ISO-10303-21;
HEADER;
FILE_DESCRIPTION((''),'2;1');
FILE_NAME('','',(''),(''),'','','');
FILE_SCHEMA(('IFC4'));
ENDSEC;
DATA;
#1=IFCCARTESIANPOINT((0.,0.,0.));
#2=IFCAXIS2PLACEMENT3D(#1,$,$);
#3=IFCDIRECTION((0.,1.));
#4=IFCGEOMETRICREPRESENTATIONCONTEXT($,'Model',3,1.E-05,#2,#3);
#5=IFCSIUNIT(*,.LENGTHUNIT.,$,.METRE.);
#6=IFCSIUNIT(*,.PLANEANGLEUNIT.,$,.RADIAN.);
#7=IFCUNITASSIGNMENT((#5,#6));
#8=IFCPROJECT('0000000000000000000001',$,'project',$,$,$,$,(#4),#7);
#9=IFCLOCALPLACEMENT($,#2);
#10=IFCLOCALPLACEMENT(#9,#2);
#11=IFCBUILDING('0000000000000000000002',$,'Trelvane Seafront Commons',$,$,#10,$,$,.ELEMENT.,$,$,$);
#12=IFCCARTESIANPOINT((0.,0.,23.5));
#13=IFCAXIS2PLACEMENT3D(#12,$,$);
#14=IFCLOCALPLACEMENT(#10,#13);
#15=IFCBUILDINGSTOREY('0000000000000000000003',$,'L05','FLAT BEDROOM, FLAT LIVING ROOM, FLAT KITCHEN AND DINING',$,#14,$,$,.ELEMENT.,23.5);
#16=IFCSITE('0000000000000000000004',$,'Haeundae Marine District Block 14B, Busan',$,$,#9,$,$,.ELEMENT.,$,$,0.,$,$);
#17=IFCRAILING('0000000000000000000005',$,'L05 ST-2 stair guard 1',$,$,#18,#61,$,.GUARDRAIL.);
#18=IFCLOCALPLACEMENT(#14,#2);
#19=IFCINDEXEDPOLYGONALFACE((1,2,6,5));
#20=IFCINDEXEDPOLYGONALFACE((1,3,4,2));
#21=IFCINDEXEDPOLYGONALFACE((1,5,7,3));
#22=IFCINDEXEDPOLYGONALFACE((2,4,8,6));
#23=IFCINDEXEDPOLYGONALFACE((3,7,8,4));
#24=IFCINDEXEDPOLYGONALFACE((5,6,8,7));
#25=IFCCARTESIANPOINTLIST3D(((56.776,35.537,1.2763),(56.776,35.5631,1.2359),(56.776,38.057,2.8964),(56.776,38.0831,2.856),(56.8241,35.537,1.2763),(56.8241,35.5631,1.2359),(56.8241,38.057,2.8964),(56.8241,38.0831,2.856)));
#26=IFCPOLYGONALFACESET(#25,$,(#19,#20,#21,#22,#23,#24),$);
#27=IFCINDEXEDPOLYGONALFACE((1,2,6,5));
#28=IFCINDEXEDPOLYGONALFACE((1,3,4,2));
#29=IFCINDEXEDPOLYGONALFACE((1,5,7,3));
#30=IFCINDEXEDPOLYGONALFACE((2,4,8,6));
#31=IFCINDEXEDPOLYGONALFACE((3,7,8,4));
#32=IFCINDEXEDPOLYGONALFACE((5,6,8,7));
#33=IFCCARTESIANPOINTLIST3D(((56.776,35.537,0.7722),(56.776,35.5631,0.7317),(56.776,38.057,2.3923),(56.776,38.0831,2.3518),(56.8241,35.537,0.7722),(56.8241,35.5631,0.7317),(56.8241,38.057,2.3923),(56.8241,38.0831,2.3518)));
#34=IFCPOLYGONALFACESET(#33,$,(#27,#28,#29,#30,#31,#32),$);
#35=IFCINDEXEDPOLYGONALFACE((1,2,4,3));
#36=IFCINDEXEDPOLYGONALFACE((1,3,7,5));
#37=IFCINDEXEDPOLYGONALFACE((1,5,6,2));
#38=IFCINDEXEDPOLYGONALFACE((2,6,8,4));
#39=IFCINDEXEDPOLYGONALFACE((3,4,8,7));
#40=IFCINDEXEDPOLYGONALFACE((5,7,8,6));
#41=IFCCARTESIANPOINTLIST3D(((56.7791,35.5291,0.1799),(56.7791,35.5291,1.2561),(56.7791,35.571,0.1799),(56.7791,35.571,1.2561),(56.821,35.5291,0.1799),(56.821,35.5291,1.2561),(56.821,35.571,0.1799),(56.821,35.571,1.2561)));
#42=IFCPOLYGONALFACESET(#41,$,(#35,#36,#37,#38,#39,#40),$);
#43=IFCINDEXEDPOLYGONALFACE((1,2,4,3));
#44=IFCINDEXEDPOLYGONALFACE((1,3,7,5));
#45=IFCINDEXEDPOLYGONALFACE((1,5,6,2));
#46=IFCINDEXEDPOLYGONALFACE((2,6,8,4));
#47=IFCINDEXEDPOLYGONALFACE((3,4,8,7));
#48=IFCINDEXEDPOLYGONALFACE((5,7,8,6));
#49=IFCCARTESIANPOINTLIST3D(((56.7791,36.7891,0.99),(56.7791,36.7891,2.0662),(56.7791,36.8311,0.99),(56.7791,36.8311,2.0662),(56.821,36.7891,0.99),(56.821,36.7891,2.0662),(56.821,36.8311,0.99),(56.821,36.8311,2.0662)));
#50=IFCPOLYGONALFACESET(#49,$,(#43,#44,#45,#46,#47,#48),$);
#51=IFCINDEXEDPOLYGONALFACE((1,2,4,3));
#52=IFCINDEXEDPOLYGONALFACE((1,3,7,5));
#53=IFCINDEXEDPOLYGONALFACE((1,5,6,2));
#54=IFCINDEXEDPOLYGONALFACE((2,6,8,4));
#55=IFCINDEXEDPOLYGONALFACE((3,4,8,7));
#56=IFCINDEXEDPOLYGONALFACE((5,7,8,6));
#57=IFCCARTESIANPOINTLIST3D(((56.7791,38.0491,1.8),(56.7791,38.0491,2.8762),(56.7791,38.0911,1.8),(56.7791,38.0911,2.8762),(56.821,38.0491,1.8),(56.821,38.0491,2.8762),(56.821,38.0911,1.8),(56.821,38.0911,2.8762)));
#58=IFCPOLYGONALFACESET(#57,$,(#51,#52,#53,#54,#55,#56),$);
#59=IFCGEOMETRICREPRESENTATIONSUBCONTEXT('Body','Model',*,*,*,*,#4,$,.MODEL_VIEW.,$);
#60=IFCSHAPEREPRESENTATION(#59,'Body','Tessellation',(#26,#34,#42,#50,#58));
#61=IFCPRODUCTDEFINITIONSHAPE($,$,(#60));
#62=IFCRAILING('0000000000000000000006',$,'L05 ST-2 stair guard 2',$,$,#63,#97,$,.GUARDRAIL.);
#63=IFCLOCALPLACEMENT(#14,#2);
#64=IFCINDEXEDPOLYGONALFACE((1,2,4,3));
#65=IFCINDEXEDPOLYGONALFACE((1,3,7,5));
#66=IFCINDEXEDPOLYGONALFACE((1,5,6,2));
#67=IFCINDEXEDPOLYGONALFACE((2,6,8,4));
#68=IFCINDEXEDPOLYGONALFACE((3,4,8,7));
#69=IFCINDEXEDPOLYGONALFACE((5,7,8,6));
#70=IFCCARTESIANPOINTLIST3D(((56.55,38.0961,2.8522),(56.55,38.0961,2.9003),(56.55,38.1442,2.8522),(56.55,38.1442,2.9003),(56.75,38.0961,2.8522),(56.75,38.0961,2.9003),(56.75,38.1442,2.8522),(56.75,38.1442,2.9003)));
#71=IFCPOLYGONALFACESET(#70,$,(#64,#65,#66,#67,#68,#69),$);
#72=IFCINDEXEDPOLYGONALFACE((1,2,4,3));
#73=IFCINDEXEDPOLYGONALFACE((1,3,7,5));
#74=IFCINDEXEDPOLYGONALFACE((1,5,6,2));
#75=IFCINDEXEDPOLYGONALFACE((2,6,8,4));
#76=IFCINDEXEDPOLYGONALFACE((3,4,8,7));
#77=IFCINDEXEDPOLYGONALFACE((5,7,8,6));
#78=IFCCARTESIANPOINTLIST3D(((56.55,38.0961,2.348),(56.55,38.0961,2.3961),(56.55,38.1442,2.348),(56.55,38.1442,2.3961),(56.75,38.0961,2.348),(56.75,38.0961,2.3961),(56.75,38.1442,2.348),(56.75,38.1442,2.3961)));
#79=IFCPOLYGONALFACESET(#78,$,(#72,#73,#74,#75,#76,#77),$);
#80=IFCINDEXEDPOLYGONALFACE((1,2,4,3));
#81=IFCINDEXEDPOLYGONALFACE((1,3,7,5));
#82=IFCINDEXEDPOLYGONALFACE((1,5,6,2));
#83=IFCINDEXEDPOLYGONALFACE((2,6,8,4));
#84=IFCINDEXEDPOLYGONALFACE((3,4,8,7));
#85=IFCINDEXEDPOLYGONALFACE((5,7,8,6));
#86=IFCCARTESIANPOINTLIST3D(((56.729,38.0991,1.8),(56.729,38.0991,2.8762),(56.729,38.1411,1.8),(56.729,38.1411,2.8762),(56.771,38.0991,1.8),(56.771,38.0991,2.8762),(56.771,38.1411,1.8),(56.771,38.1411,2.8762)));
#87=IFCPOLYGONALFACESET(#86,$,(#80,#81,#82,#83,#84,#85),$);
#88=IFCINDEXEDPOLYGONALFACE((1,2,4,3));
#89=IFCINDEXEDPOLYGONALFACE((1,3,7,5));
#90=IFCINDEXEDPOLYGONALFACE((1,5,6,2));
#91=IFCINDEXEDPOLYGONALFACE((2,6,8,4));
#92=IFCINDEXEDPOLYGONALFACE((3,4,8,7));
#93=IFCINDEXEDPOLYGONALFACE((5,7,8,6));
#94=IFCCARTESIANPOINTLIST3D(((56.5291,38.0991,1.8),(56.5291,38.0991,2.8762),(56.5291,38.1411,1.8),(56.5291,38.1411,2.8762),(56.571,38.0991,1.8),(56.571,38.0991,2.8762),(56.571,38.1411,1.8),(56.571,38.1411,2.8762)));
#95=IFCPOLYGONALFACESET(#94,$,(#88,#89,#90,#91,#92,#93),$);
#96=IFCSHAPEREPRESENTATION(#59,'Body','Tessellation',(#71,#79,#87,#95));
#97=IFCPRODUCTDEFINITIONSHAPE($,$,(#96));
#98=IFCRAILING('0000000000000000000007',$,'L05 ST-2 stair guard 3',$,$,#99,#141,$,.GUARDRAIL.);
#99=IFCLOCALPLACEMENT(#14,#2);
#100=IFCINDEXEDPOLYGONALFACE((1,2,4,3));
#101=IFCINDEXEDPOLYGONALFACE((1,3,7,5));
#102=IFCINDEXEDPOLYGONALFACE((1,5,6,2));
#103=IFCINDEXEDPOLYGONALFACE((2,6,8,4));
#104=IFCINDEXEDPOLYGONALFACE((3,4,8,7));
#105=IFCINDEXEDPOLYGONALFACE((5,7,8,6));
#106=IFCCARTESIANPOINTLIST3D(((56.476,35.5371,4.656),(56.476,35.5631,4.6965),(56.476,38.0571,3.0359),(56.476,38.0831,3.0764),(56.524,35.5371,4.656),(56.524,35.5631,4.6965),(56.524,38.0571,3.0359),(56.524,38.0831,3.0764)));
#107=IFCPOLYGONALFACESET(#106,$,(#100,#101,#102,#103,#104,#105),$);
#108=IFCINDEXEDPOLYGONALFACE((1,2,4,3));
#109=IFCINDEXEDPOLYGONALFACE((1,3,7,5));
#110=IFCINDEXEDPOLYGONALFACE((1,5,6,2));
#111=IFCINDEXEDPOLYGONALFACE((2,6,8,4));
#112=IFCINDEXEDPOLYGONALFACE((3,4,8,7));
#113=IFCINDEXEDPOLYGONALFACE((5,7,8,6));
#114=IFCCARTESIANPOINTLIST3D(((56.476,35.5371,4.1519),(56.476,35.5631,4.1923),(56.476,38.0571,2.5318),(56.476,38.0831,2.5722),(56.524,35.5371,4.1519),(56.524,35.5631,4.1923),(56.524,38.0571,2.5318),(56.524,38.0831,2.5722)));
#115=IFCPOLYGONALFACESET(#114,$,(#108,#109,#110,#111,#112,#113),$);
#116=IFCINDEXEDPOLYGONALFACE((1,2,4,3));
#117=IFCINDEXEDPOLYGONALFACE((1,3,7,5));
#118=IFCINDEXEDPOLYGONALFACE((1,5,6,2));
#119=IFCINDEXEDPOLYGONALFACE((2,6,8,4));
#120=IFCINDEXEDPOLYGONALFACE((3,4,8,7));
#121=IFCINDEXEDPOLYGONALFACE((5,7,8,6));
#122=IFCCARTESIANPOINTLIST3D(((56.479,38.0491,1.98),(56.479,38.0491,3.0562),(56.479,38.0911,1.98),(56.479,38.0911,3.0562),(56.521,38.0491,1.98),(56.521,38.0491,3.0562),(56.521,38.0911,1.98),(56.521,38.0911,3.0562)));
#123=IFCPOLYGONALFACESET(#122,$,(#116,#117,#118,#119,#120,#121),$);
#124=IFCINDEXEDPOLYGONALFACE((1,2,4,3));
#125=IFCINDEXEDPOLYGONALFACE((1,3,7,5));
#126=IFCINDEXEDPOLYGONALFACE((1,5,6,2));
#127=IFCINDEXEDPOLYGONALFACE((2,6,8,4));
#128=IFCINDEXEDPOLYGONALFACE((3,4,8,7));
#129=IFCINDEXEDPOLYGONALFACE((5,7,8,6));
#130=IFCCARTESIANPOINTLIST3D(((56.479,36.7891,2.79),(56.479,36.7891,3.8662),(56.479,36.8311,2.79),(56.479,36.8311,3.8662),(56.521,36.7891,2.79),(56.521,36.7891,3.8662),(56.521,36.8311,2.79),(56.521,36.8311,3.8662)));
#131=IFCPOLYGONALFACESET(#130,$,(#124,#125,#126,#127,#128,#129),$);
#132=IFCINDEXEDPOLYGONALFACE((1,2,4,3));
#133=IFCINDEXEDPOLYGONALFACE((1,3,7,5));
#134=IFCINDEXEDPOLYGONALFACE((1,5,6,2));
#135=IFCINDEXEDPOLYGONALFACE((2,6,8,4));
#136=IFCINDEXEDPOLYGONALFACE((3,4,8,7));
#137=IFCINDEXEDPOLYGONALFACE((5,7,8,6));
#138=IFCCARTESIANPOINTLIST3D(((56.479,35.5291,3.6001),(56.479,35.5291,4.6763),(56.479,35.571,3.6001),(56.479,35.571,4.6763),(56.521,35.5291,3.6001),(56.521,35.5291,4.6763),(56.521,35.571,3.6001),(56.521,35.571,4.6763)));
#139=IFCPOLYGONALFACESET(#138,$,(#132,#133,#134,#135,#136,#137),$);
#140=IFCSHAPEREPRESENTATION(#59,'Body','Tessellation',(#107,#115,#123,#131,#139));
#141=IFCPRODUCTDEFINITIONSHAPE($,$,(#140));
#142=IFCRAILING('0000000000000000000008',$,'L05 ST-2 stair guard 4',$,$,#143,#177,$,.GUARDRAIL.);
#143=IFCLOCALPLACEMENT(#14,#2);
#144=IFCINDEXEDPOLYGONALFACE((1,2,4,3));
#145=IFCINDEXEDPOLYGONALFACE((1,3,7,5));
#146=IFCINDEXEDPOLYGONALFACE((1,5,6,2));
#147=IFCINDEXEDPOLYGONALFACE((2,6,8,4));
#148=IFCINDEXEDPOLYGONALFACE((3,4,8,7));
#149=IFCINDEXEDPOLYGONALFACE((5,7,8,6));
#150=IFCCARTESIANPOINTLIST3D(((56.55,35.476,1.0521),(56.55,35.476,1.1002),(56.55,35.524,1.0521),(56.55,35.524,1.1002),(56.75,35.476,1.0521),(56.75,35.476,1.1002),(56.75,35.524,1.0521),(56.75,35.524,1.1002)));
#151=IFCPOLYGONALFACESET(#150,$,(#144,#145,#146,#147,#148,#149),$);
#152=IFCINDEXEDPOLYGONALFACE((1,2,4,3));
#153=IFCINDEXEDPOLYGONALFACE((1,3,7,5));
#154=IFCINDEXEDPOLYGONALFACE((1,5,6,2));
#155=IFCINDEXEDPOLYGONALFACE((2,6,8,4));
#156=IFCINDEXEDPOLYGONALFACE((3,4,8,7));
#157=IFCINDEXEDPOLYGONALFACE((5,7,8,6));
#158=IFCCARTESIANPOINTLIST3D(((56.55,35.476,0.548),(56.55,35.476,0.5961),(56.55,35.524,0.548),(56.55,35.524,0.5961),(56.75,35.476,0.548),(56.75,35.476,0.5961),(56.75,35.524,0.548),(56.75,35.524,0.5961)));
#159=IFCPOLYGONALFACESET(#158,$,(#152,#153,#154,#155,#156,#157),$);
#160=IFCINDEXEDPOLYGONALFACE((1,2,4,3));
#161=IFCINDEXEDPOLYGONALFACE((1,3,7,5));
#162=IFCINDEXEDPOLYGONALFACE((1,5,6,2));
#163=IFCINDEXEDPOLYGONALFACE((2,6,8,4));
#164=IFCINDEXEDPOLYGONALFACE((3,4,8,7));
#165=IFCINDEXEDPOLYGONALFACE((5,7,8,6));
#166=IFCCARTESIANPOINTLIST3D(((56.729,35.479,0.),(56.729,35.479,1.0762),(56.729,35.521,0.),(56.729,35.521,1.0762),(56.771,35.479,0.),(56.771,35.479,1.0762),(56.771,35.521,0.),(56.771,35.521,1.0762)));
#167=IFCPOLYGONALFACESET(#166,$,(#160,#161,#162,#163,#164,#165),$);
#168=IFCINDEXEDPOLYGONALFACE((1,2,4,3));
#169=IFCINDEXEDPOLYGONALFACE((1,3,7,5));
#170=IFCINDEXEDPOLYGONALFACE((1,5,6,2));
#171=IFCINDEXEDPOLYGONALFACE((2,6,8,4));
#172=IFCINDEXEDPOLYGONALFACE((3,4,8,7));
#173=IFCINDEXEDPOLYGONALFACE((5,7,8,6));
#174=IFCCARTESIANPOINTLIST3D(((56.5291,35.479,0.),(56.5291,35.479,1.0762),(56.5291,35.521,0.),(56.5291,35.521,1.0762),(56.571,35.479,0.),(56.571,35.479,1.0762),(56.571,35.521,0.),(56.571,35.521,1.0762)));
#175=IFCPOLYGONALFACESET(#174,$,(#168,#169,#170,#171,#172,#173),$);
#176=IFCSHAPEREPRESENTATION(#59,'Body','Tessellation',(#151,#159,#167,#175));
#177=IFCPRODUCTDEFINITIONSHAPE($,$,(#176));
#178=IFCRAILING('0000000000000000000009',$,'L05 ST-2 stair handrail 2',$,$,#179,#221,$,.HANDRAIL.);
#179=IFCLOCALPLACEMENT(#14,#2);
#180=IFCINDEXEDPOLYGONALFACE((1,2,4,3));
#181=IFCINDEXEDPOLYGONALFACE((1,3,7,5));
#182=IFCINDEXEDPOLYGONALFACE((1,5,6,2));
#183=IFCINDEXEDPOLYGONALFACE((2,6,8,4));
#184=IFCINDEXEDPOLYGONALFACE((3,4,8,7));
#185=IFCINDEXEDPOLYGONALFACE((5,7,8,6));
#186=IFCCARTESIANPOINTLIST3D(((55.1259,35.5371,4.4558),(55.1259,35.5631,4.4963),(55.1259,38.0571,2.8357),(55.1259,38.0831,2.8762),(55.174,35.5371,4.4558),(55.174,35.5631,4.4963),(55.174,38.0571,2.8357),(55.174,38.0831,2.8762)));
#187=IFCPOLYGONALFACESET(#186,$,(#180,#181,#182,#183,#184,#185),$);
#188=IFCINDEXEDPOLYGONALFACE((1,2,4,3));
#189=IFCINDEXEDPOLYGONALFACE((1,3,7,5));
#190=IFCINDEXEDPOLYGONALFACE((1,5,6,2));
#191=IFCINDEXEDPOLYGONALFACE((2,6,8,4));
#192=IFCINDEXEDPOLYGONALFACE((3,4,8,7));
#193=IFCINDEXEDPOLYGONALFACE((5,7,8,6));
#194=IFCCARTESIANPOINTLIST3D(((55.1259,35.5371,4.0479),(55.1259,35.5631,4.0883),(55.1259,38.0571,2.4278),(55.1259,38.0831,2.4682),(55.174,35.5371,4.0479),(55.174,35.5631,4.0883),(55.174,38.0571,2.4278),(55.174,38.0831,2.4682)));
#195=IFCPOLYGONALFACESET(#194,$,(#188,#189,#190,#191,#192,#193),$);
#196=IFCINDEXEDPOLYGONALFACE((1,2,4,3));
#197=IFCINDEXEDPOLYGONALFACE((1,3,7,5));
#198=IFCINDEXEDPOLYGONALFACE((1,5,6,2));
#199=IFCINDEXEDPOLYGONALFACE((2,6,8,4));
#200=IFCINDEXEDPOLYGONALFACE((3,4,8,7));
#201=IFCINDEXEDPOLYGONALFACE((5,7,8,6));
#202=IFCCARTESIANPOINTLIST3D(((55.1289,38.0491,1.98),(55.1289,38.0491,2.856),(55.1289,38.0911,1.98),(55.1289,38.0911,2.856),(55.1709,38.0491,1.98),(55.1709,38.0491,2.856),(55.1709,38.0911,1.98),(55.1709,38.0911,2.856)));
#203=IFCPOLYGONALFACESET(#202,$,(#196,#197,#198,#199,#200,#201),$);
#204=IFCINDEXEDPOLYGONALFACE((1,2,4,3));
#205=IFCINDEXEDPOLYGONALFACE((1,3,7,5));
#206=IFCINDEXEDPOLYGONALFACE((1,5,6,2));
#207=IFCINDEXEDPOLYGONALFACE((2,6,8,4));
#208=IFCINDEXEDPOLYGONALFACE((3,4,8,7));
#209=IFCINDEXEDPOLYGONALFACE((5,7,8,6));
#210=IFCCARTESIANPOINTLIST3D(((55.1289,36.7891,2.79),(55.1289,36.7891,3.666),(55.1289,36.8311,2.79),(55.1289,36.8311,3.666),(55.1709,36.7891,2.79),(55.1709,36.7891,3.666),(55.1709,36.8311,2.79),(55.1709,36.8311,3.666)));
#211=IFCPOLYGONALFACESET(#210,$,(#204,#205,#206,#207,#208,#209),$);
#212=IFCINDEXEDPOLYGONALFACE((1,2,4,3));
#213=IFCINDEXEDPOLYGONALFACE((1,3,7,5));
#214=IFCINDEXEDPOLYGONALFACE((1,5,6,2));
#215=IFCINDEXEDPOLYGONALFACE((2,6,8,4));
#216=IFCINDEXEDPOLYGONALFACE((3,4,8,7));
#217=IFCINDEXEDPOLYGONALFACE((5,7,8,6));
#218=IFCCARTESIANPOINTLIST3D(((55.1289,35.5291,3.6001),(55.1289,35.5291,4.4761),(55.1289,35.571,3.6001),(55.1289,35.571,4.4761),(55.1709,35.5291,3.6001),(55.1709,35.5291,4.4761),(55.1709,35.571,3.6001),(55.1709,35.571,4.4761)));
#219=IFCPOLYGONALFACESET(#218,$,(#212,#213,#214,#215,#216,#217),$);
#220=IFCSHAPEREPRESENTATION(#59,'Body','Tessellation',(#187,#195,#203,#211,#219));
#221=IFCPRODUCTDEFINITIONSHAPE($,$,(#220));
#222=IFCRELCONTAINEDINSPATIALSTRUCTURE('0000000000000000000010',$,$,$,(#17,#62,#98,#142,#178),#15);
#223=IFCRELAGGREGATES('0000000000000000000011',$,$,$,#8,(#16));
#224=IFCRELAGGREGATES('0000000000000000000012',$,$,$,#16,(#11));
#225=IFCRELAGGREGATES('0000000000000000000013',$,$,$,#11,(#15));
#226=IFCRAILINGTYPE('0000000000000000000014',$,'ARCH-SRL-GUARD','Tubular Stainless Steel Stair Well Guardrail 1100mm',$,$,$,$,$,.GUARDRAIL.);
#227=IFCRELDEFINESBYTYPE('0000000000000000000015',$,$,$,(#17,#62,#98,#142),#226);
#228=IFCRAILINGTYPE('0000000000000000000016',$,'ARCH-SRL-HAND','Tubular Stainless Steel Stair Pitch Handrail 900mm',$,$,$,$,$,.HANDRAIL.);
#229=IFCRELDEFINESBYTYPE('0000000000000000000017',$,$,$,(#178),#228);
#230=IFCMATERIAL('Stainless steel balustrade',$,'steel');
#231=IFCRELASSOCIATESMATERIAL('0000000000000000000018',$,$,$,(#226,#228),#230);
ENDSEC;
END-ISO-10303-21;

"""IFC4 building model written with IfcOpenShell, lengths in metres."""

from ifc_helpers import new_model, si_unit, direction, frame, origin, origin_2d, place, context, subcontext, project, spatial, rectangle, extrude, material, type_object, element, save


model = new_model("IFC4")

# Units and contexts
model_context = context("Model", 3, precision=1e-05, world=origin(), true_north=direction((0.0, 1.0)))
body_context = subcontext(model_context, "Body", "Model", "MODEL_VIEW")
ifc_project = project(units=[si_unit("LENGTHUNIT", "METRE"), si_unit("PLANEANGLEUNIT", "RADIAN")], contexts=[model_context])

# Site, building, storey
site_placement = place(None, origin())
site = spatial("IfcSite", under=ifc_project, at=site_placement, Name="Haeundae Marine District Block 14B, Busan", CompositionType="ELEMENT", RefElevation=0.0)
building_placement = place(site_placement, origin())
building = spatial("IfcBuilding", under=site, at=building_placement, Name="Trelvane Seafront Commons", CompositionType="ELEMENT")
storey_placement = place(building_placement, frame((0.0, 0.0, 23.5)))
storey = spatial("IfcBuildingStorey", under=building, at=storey_placement, Name="L05", Description="FLAT BEDROOM, FLAT LIVING ROOM, FLAT KITCHEN AND DINING", CompositionType="ELEMENT", Elevation=23.5)

# Railings
ifc_material_1 = material(Name="Stainless steel balustrade", Category="steel")
railing_type_1 = type_object("IfcRailingType", Name="ARCH-SRL-GUARD", Description="Tubular Stainless Steel Stair Well Guardrail 1100mm", PredefinedType="GUARDRAIL", material=ifc_material_1)
railing_1_placement = place(storey_placement, frame((56.8, 35.55, 0.1799)))
element("IfcRailing", 1, at=railing_1_placement, inside=storey, type_object=railing_type_1, Name="L05 ST-2 stair guard 1", PredefinedType="GUARDRAIL", context=body_context, shape_type="SweptSolid", body=[
    extrude(rectangle(XDim=0.0481, YDim=0.0481, at=origin_2d()), frame((0.0, 0.0, 1.0762), z_axis=(0.0, 0.841163, 0.540782), x_axis=(-1.0, 0.0, 0.0)), (0.0, 0.0, 1.0), 2.9958),
    extrude(rectangle(XDim=0.0481, YDim=0.0481, at=origin_2d()), frame((0.0, 0.0, 0.572), z_axis=(0.0, 0.841163, 0.540782), x_axis=(-1.0, 0.0, 0.0)), (0.0, 0.0, 1.0), 2.9958),
    extrude(rectangle(XDim=0.042, YDim=0.042, at=origin_2d()), origin(), (0.0, 0.0, 1.0), 1.0762),
    extrude(rectangle(XDim=0.042, YDim=0.042, at=origin_2d()), frame((0.0, 1.26, 0.8101)), (0.0, 0.0, 1.0), 1.0762),
    extrude(rectangle(XDim=0.042, YDim=0.042, at=origin_2d()), frame((0.0, 2.52, 1.6201)), (0.0, 0.0, 1.0), 1.0762),
])
railing_2_placement = place(storey_placement, frame((56.75, 38.1201, 1.8)))
element("IfcRailing", 2, at=railing_2_placement, inside=storey, type_object=railing_type_1, Name="L05 ST-2 stair guard 2", PredefinedType="GUARDRAIL", context=body_context, shape_type="SweptSolid", body=[
    extrude(rectangle(XDim=0.0481, YDim=0.0481, at=origin_2d()), frame((0.0, 0.0, 1.0762), z_axis=(-1.0, 0.0, 0.0), x_axis=(0.0, -1.0, 0.0)), (0.0, 0.0, 1.0), 0.2),
    extrude(rectangle(XDim=0.0481, YDim=0.0481, at=origin_2d()), frame((0.0, 0.0, 0.572), z_axis=(-1.0, 0.0, 0.0), x_axis=(0.0, -1.0, 0.0)), (0.0, 0.0, 1.0), 0.2),
    extrude(rectangle(XDim=0.042, YDim=0.042, at=origin_2d()), origin(), (0.0, 0.0, 1.0), 1.0762),
    extrude(rectangle(XDim=0.042, YDim=0.042, at=origin_2d()), frame((-0.2, 0.0, 0.0)), (0.0, 0.0, 1.0), 1.0762),
])
railing_3_placement = place(storey_placement, frame((56.5, 38.0701, 1.98)))
element("IfcRailing", 3, at=railing_3_placement, inside=storey, type_object=railing_type_1, Name="L05 ST-2 stair guard 3", PredefinedType="GUARDRAIL", context=body_context, shape_type="SweptSolid", body=[
    extrude(rectangle(XDim=0.0481, YDim=0.0481, at=origin_2d()), frame((0.0, 0.0, 1.0762), z_axis=(0.0, -0.841163, 0.540782), x_axis=(1.0, 0.0, 0.0)), (0.0, 0.0, 1.0), 2.9958),
    extrude(rectangle(XDim=0.0481, YDim=0.0481, at=origin_2d()), frame((0.0, 0.0, 0.572), z_axis=(0.0, -0.841163, 0.540782), x_axis=(1.0, 0.0, 0.0)), (0.0, 0.0, 1.0), 2.9958),
    extrude(rectangle(XDim=0.042, YDim=0.042, at=origin_2d()), origin(), (0.0, 0.0, 1.0), 1.0762),
    extrude(rectangle(XDim=0.042, YDim=0.042, at=origin_2d()), frame((0.0, -1.26, 0.8101)), (0.0, 0.0, 1.0), 1.0762),
    extrude(rectangle(XDim=0.042, YDim=0.042, at=origin_2d()), frame((0.0, -2.52, 1.6201)), (0.0, 0.0, 1.0), 1.0762),
])
railing_4_placement = place(storey_placement, frame((56.75, 35.5, 0.0)))
element("IfcRailing", 4, at=railing_4_placement, inside=storey, type_object=railing_type_1, Name="L05 ST-2 stair guard 4", PredefinedType="GUARDRAIL", context=body_context, shape_type="SweptSolid", body=[
    extrude(rectangle(XDim=0.0481, YDim=0.0481, at=origin_2d()), frame((0.0, 0.0, 1.0762), z_axis=(-1.0, 0.0, 0.0), x_axis=(0.0, -1.0, 0.0)), (0.0, 0.0, 1.0), 0.2),
    extrude(rectangle(XDim=0.0481, YDim=0.0481, at=origin_2d()), frame((0.0, 0.0, 0.572), z_axis=(-1.0, 0.0, 0.0), x_axis=(0.0, -1.0, 0.0)), (0.0, 0.0, 1.0), 0.2),
    extrude(rectangle(XDim=0.042, YDim=0.042, at=origin_2d()), origin(), (0.0, 0.0, 1.0), 1.0762),
    extrude(rectangle(XDim=0.042, YDim=0.042, at=origin_2d()), frame((-0.2, 0.0, 0.0)), (0.0, 0.0, 1.0), 1.0762),
])
railing_type_2 = type_object("IfcRailingType", Name="ARCH-SRL-HAND", Description="Tubular Stainless Steel Stair Pitch Handrail 900mm", PredefinedType="HANDRAIL", material=ifc_material_1)
railing_5_placement = place(storey_placement, frame((55.1499, 38.0701, 1.98)))
element("IfcRailing", 5, at=railing_5_placement, inside=storey, type_object=railing_type_2, Name="L05 ST-2 stair handrail 2", PredefinedType="HANDRAIL", context=body_context, shape_type="SweptSolid", body=[
    extrude(rectangle(XDim=0.0481, YDim=0.0481, at=origin_2d()), frame((0.0, 0.0, 0.876), z_axis=(0.0, -0.841163, 0.540782), x_axis=(1.0, 0.0, 0.0)), (0.0, 0.0, 1.0), 2.9958),
    extrude(rectangle(XDim=0.0481, YDim=0.0481, at=origin_2d()), frame((0.0, 0.0, 0.468), z_axis=(0.0, -0.841163, 0.540782), x_axis=(1.0, 0.0, 0.0)), (0.0, 0.0, 1.0), 2.9958),
    extrude(rectangle(XDim=0.042, YDim=0.042, at=origin_2d()), origin(), (0.0, 0.0, 1.0), 0.876),
    extrude(rectangle(XDim=0.042, YDim=0.042, at=origin_2d()), frame((0.0, -1.26, 0.8101)), (0.0, 0.0, 1.0), 0.876),
    extrude(rectangle(XDim=0.042, YDim=0.042, at=origin_2d()), frame((0.0, -2.52, 1.6201)), (0.0, 0.0, 1.0), 0.876),
])

save(model, "model.ifc")
